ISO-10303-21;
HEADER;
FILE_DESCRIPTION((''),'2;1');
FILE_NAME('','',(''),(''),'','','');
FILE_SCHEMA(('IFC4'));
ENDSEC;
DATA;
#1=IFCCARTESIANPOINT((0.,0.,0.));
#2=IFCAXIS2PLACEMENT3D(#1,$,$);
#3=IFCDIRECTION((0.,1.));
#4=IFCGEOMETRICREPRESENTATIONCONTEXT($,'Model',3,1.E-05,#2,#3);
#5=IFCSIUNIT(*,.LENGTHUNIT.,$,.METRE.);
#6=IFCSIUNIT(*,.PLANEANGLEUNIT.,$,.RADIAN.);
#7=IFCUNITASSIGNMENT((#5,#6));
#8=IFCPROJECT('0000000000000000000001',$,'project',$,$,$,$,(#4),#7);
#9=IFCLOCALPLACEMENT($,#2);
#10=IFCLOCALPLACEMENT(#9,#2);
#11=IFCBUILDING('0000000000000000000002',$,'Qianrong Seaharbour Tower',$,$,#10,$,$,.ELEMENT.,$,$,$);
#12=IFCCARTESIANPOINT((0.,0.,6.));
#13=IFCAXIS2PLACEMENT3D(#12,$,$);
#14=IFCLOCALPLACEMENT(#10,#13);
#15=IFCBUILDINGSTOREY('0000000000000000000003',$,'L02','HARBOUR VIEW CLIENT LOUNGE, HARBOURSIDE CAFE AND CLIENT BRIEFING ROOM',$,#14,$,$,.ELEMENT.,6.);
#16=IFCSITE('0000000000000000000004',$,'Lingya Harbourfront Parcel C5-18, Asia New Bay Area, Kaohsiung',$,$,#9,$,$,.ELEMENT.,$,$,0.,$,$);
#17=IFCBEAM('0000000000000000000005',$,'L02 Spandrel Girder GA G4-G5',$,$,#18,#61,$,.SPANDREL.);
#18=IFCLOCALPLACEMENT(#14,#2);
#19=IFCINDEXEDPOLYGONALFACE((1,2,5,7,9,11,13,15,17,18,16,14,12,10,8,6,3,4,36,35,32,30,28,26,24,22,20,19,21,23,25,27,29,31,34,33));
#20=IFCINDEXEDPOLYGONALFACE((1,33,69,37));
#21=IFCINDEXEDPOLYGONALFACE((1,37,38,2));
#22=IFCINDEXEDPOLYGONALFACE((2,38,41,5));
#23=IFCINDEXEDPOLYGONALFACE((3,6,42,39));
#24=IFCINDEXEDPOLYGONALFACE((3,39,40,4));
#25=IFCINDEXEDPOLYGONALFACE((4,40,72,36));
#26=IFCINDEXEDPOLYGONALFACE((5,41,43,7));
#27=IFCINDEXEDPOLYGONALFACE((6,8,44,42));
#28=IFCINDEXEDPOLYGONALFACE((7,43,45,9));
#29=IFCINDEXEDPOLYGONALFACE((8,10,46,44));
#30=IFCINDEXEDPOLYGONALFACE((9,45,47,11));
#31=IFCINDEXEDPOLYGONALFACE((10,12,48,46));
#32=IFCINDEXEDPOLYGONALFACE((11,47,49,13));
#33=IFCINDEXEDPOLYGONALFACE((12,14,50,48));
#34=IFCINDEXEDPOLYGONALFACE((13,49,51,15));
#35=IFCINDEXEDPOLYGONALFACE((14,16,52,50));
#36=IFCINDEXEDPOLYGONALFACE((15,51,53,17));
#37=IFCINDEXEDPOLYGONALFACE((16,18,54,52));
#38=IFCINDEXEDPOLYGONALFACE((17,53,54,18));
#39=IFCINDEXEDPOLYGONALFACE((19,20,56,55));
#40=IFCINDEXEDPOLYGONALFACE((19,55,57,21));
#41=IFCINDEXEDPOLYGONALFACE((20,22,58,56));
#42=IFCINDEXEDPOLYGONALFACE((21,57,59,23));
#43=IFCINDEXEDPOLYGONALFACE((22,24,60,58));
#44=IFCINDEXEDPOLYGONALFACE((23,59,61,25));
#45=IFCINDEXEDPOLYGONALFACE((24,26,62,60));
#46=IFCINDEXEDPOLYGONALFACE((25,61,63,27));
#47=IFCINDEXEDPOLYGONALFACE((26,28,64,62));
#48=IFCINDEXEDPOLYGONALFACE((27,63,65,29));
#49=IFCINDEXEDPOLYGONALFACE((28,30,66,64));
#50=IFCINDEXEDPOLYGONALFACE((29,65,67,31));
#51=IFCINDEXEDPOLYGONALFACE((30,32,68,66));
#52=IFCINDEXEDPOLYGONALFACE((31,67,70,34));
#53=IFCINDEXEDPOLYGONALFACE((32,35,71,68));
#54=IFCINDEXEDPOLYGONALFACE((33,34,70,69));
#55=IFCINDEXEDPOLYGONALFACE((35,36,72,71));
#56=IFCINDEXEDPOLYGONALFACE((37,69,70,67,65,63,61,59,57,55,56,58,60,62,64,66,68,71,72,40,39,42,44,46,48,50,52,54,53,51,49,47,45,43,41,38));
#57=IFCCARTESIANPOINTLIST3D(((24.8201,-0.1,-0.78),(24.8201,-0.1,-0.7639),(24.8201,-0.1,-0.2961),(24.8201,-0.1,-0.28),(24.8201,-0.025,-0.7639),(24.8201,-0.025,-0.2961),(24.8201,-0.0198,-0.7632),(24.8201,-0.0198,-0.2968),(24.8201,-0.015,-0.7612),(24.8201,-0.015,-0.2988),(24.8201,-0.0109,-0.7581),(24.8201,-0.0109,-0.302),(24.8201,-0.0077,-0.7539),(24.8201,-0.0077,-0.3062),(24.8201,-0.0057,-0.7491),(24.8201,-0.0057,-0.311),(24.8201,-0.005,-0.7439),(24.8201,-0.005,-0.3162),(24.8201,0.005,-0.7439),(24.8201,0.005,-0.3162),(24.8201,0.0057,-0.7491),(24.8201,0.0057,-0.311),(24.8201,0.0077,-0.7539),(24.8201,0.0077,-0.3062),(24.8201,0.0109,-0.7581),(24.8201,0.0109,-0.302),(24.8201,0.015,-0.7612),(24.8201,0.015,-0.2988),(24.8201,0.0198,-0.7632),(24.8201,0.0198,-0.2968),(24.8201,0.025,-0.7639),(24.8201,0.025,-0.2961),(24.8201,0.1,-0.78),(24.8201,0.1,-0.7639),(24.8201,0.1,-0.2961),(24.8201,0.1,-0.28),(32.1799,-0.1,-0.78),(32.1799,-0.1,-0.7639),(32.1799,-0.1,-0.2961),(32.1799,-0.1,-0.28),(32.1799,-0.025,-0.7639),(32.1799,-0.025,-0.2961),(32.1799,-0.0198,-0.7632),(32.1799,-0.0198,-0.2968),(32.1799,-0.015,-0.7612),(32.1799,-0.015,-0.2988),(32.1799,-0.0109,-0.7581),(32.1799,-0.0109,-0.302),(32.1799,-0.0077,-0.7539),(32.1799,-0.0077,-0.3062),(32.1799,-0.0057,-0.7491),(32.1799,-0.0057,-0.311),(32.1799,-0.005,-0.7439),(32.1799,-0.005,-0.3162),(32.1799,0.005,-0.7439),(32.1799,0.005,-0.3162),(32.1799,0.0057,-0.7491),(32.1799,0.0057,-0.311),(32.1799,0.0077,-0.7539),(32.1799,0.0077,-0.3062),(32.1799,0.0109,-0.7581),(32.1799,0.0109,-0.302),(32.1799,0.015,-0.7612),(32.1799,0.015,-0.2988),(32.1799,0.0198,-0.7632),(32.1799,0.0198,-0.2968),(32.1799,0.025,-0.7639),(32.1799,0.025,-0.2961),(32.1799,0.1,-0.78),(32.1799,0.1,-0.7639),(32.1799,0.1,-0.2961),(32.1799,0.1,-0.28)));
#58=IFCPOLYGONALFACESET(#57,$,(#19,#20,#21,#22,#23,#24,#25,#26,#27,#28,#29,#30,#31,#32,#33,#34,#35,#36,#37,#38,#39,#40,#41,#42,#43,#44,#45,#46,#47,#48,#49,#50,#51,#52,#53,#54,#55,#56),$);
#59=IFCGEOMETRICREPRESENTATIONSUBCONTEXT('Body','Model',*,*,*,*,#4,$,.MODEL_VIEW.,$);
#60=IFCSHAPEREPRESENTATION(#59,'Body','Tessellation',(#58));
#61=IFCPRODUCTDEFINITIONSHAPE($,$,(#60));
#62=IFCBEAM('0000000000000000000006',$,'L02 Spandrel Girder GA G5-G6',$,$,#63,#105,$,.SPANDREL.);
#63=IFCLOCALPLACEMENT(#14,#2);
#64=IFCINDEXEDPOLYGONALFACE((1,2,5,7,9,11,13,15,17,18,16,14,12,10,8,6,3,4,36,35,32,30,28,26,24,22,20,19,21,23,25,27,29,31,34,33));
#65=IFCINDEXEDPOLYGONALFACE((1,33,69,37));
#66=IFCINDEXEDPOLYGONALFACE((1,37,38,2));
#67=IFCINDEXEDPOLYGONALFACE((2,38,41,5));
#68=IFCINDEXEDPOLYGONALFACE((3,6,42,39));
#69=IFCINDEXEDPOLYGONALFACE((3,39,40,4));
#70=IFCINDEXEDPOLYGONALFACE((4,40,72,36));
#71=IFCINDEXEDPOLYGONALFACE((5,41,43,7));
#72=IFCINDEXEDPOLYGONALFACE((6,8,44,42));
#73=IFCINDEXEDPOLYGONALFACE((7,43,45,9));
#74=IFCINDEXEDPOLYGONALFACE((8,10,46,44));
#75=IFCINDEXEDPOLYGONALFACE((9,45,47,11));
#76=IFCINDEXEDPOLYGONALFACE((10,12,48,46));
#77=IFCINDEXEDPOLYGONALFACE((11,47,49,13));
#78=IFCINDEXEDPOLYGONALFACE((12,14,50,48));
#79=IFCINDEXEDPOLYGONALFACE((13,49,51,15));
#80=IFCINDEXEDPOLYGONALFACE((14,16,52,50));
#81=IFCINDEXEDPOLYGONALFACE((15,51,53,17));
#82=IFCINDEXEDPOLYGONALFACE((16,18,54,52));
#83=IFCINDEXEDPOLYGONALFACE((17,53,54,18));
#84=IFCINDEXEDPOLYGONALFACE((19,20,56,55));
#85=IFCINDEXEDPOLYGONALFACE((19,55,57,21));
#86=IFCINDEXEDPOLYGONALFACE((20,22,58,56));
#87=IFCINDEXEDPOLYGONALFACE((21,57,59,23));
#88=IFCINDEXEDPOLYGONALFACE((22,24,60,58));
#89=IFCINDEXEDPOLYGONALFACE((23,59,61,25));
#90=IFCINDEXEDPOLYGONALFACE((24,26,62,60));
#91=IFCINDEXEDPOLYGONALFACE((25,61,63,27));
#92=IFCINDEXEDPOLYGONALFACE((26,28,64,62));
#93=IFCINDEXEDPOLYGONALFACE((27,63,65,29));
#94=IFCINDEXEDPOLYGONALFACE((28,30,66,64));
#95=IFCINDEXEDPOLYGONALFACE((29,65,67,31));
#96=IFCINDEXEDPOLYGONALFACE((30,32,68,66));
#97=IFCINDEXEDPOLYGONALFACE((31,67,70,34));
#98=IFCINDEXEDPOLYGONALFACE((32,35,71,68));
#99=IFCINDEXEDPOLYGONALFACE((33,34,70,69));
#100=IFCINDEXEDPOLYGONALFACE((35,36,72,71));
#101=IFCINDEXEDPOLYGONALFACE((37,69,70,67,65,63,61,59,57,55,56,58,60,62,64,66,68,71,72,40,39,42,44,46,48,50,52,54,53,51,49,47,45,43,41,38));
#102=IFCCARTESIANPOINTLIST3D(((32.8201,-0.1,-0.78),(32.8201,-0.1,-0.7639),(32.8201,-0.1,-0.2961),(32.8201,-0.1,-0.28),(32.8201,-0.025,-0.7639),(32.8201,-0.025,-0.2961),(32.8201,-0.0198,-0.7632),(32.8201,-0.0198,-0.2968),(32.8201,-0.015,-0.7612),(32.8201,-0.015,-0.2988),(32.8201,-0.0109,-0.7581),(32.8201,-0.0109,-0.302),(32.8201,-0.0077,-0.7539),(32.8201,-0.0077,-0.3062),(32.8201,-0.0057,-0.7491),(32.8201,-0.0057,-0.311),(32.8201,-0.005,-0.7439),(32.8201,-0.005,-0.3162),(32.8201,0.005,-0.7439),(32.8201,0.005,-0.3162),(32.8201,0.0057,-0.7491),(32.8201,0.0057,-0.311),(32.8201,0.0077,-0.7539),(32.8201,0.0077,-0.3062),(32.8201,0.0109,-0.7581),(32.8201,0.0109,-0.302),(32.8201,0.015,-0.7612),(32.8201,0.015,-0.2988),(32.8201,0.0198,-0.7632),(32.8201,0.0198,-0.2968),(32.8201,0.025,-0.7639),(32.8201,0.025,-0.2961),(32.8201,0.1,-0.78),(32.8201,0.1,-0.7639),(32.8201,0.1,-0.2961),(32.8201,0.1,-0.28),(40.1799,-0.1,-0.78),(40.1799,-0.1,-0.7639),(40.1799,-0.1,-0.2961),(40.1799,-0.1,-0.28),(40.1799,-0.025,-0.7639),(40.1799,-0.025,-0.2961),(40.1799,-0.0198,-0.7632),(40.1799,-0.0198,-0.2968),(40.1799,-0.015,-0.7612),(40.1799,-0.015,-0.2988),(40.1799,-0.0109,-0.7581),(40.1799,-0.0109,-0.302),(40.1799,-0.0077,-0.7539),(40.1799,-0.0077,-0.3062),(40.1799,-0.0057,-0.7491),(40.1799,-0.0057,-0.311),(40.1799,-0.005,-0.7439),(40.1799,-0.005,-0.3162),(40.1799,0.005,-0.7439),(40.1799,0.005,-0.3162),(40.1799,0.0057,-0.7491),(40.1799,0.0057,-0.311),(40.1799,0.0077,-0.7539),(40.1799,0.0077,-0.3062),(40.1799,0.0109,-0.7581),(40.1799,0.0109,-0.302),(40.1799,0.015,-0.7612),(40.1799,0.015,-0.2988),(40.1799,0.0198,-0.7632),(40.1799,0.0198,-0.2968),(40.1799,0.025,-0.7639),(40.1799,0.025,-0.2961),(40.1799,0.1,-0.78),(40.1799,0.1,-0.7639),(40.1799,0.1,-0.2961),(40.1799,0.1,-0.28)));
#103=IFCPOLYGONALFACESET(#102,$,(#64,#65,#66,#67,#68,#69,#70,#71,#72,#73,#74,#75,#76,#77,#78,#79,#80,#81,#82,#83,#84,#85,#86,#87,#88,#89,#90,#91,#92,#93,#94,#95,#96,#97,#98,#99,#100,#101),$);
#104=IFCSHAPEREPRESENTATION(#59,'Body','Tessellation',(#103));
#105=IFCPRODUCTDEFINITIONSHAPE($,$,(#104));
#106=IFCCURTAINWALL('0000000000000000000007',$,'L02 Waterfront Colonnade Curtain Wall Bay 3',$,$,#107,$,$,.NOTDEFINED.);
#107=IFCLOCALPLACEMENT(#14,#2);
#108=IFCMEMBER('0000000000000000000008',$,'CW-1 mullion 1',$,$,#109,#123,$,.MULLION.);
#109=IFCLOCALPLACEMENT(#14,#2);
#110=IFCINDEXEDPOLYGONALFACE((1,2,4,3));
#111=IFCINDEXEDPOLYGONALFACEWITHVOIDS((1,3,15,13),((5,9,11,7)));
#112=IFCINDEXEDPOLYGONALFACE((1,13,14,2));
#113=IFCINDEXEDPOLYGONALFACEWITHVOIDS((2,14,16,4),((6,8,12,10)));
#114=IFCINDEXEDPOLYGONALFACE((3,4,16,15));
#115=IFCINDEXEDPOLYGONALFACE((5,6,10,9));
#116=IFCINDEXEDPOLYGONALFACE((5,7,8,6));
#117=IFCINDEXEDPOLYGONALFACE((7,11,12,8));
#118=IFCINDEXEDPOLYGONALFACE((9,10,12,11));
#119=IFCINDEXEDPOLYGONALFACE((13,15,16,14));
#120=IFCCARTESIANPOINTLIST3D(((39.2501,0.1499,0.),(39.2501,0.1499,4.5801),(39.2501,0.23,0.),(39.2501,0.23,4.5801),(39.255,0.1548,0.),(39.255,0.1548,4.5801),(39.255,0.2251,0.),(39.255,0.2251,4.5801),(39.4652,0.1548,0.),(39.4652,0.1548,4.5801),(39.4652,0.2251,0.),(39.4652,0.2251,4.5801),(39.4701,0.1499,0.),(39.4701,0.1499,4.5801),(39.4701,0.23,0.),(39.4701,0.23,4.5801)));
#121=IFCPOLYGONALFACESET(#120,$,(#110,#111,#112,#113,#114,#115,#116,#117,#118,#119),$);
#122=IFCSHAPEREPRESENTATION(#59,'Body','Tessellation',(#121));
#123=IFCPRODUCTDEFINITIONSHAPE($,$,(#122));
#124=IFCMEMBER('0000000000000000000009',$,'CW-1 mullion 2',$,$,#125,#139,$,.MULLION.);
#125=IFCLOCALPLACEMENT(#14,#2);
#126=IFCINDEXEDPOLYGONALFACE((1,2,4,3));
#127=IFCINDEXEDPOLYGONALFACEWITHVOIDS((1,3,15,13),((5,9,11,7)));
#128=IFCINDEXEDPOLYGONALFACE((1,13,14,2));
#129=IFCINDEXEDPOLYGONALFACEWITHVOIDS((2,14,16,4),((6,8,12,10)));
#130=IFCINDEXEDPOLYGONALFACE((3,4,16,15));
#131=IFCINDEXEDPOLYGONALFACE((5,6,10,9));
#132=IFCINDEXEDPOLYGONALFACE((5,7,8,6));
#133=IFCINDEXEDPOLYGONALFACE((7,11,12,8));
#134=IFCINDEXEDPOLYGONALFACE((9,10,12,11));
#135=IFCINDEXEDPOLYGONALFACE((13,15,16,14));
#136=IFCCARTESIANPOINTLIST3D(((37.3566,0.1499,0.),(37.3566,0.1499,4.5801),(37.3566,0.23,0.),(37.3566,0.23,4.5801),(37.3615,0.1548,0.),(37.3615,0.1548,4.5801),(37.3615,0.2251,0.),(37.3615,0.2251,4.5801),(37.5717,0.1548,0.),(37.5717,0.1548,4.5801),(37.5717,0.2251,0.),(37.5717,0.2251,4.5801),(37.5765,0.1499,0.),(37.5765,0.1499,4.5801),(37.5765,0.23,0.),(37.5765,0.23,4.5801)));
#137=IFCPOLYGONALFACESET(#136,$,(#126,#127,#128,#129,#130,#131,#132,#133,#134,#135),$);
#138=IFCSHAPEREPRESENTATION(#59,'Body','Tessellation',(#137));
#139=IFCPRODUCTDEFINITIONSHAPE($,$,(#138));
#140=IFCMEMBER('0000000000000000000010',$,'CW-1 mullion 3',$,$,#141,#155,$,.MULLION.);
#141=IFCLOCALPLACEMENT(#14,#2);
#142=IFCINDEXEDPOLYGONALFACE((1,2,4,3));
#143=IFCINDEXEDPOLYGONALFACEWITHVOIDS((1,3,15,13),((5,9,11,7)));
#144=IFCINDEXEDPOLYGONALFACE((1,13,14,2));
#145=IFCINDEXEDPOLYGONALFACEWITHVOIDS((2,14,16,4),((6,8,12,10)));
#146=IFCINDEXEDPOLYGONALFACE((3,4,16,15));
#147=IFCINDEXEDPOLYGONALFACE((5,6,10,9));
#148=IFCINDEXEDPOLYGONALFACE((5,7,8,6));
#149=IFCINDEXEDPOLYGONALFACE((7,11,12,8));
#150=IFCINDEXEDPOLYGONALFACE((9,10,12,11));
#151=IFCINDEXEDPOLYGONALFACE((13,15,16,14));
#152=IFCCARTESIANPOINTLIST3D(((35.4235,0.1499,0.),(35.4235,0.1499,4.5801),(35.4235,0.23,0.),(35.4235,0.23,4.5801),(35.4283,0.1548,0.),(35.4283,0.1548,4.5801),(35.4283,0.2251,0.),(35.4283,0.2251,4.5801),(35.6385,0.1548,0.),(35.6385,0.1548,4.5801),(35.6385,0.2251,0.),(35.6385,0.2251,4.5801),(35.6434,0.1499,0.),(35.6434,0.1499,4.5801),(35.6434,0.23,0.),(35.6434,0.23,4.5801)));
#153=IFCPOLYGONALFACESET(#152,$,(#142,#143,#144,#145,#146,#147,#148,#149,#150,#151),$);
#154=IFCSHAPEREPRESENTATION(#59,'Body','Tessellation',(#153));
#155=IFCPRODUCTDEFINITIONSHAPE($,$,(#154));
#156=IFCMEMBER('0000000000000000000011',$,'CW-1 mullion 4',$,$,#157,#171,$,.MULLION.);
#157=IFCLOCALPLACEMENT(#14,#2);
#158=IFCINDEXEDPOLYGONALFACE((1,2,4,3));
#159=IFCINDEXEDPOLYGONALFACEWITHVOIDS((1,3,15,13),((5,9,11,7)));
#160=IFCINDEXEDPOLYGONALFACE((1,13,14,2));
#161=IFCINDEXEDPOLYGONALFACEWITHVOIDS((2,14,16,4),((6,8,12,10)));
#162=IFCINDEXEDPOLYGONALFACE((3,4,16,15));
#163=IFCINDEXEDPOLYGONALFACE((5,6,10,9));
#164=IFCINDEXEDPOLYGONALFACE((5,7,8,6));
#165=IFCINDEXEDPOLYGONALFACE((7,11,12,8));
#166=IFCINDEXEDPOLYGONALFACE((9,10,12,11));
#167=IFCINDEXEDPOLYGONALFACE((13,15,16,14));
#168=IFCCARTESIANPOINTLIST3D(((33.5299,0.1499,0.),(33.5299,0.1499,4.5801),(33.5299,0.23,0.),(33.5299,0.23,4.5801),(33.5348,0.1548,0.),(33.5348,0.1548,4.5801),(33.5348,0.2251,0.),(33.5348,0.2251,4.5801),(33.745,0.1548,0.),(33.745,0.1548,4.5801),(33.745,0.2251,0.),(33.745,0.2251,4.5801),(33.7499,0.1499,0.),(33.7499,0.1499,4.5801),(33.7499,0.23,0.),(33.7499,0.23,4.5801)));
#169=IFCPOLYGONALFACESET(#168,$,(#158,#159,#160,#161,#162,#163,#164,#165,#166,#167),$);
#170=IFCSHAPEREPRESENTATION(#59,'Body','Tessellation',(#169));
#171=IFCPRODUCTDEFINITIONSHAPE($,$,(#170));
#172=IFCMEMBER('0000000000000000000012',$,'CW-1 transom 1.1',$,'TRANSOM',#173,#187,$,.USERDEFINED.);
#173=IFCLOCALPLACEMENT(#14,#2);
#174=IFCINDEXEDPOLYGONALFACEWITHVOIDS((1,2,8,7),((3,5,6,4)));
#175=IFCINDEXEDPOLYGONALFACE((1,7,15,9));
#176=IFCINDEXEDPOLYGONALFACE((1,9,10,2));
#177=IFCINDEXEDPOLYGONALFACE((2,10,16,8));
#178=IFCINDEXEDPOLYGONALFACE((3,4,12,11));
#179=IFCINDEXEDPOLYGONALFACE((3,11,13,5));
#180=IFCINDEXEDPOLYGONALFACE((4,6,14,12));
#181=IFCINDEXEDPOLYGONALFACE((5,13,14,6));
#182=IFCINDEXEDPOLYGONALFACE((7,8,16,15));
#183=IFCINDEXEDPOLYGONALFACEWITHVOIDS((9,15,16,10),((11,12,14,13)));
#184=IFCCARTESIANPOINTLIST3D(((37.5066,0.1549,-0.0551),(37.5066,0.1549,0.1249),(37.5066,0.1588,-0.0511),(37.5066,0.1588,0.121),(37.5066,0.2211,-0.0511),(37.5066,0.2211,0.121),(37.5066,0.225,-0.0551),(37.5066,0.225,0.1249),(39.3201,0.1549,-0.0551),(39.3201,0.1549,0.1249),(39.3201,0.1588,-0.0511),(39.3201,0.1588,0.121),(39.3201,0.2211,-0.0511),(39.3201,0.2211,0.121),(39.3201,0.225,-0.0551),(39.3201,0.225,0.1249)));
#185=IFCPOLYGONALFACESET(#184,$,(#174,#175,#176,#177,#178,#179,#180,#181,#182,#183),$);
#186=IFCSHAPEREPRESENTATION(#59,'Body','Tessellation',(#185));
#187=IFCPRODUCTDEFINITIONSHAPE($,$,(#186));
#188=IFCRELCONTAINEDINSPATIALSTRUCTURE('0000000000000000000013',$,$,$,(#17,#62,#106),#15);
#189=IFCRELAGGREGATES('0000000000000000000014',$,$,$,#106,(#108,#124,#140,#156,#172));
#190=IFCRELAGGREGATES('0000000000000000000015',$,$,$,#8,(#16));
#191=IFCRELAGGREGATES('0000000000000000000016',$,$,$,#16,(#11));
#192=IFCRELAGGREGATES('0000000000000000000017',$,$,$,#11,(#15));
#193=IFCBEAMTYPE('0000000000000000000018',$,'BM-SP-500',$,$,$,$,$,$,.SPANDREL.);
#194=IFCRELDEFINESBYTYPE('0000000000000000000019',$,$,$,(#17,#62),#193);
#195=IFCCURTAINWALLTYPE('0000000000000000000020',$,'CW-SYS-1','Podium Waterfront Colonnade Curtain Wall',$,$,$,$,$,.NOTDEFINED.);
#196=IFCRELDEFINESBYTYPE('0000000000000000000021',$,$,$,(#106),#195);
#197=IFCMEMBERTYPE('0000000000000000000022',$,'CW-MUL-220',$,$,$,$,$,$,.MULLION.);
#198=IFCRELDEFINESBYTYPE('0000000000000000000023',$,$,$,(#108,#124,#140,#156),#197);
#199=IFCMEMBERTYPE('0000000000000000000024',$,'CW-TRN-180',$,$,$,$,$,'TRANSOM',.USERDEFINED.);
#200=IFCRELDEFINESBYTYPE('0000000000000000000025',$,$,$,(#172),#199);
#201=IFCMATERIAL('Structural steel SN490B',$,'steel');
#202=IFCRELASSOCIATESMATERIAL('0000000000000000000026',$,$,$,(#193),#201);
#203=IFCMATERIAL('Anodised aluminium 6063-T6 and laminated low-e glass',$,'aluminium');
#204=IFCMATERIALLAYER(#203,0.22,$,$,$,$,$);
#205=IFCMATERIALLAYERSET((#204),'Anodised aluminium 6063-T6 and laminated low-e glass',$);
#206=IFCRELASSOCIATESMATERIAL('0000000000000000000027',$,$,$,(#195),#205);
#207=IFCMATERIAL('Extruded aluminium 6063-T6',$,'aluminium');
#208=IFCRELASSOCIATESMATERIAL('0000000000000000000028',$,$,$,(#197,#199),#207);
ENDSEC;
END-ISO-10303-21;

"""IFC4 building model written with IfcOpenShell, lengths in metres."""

from ifc_helpers import new_model, si_unit, direction, frame, origin, origin_2d, place, context, subcontext, project, spatial, hollow_rectangle, i_section, extrude, material, layer, layer_set, material_profile, profile_set, type_object, element, aggregate, save


model = new_model("IFC4")

# Units and contexts
model_context = context("Model", 3, precision=1e-05, world=origin(), true_north=direction((0.0, 1.0)))
body_context = subcontext(model_context, "Body", "Model", "MODEL_VIEW")
ifc_project = project(units=[si_unit("LENGTHUNIT", "METRE"), si_unit("PLANEANGLEUNIT", "RADIAN")], contexts=[model_context])

# Site, building, storey
site_placement = place(None, origin())
site = spatial("IfcSite", under=ifc_project, at=site_placement, Name="Lingya Harbourfront Parcel C5-18, Asia New Bay Area, Kaohsiung", CompositionType="ELEMENT", RefElevation=0.0)
building_placement = place(site_placement, origin())
building = spatial("IfcBuilding", under=site, at=building_placement, Name="Qianrong Seaharbour Tower", CompositionType="ELEMENT")
storey_placement = place(building_placement, frame((0.0, 0.0, 6.0)))
storey = spatial("IfcBuildingStorey", under=building, at=storey_placement, Name="L02", Description="HARBOUR VIEW CLIENT LOUNGE, HARBOURSIDE CAFE AND CLIENT BRIEFING ROOM", CompositionType="ELEMENT", Elevation=6.0)

# Beams
ifc_material_1 = material(Name="Structural steel SN490B", Category="steel")
ifc_material_profile_1 = material_profile(ifc_material_1, i_section(OverallWidth=0.2, OverallDepth=0.5, WebThickness=0.01, FlangeThickness=0.0161, FilletRadius=0.02, at=origin_2d()), Name="H500x200x10x16")
ifc_profile_set_1 = profile_set([ifc_material_profile_1], Name="Structural steel SN490B")
beam_type_1 = type_object("IfcBeamType", Name="BM-SP-500", PredefinedType="SPANDREL", material=ifc_profile_set_1)
for number, where, z_axis, x_axis, name in (
    (1, (24.8201, 0.0, -0.53), (1.0, 0.0, 0.0), (0.0, 1.0, 0.0), "L02 Spandrel Girder GA G4-G5"),
    (2, (32.8201, 0.0, -0.53), (1.0, 0.0, 0.0), (0.0, 1.0, 0.0), "L02 Spandrel Girder GA G5-G6"),
):
    element("IfcBeam", number, at=place(storey_placement, frame(where, z_axis=z_axis, x_axis=x_axis)), inside=storey, type_object=beam_type_1, Name=name, PredefinedType="SPANDREL", context=body_context, shape_type="SweptSolid", body=[
        extrude(i_section(OverallWidth=0.2, OverallDepth=0.5, WebThickness=0.01, FlangeThickness=0.0161, FilletRadius=0.02, at=origin_2d()), origin(), (0.0, 0.0, 1.0), 7.3599),
    ])

# Curtain wall, members
ifc_material_2 = material(Name="Anodised aluminium 6063-T6 and laminated low-e glass", Category="aluminium")
ifc_layer_1 = layer(ifc_material_2, 0.22)
ifc_layer_set_1 = layer_set([ifc_layer_1], Name="Anodised aluminium 6063-T6 and laminated low-e glass")
curtain_wall_type = type_object("IfcCurtainWallType", Name="CW-SYS-1", Description="Podium Waterfront Colonnade Curtain Wall", PredefinedType="NOTDEFINED", material=ifc_layer_set_1)
curtain_wall_placement = place(storey_placement, origin())
curtain_wall = element("IfcCurtainWall", 3, at=curtain_wall_placement, inside=storey, type_object=curtain_wall_type, Name="L02 Waterfront Colonnade Curtain Wall Bay 3", PredefinedType="NOTDEFINED")
ifc_material_3 = material(Name="Extruded aluminium 6063-T6", Category="aluminium")
ifc_material_profile_2 = material_profile(ifc_material_3, hollow_rectangle(XDim=0.0801, YDim=0.22, WallThickness=0.0049, at=origin_2d()), Name="ALU-MUL-220x80x5")
ifc_profile_set_2 = profile_set([ifc_material_profile_2], Name="Extruded aluminium 6063-T6")
member_type_1 = type_object("IfcMemberType", Name="CW-MUL-220", PredefinedType="MULLION", material=ifc_profile_set_2)
member_1_placement = place(storey_placement, frame((39.3601, 0.1899, 0.0), z_axis=(0.0, 0.0, 1.0), x_axis=(0.0, -1.0, 0.0)))
member_1 = element("IfcMember", 4, at=member_1_placement, type_object=member_type_1, Name="CW-1 mullion 1", PredefinedType="MULLION", context=body_context, shape_type="SweptSolid", body=[
    extrude(hollow_rectangle(XDim=0.0801, YDim=0.22, WallThickness=0.0049, at=origin_2d()), origin(), (0.0, 0.0, 1.0), 4.5801),
])
member_2_placement = place(storey_placement, frame((37.4666, 0.1899, 0.0), z_axis=(0.0, 0.0, 1.0), x_axis=(0.0, -1.0, 0.0)))
member_2 = element("IfcMember", 5, at=member_2_placement, type_object=member_type_1, Name="CW-1 mullion 2", PredefinedType="MULLION", context=body_context, shape_type="SweptSolid", body=[
    extrude(hollow_rectangle(XDim=0.0801, YDim=0.22, WallThickness=0.0049, at=origin_2d()), origin(), (0.0, 0.0, 1.0), 4.5801),
])
member_3_placement = place(storey_placement, frame((35.5334, 0.1899, 0.0), z_axis=(0.0, 0.0, 1.0), x_axis=(0.0, -1.0, 0.0)))
member_3 = element("IfcMember", 6, at=member_3_placement, type_object=member_type_1, Name="CW-1 mullion 3", PredefinedType="MULLION", context=body_context, shape_type="SweptSolid", body=[
    extrude(hollow_rectangle(XDim=0.0801, YDim=0.22, WallThickness=0.0049, at=origin_2d()), origin(), (0.0, 0.0, 1.0), 4.5801),
])
member_4_placement = place(storey_placement, frame((33.6399, 0.1899, 0.0), z_axis=(0.0, 0.0, 1.0), x_axis=(0.0, -1.0, 0.0)))
member_4 = element("IfcMember", 7, at=member_4_placement, type_object=member_type_1, Name="CW-1 mullion 4", PredefinedType="MULLION", context=body_context, shape_type="SweptSolid", body=[
    extrude(hollow_rectangle(XDim=0.0801, YDim=0.22, WallThickness=0.0049, at=origin_2d()), origin(), (0.0, 0.0, 1.0), 4.5801),
])
ifc_material_profile_3 = material_profile(ifc_material_3, hollow_rectangle(XDim=0.0701, YDim=0.1799, WallThickness=0.0039, at=origin_2d()), Name="ALU-TRN-180x70x4")
ifc_profile_set_3 = profile_set([ifc_material_profile_3], Name="Extruded aluminium 6063-T6")
member_type_2 = type_object("IfcMemberType", Name="CW-TRN-180", ElementType="TRANSOM", PredefinedType="USERDEFINED", material=ifc_profile_set_3)
member_5_placement = place(storey_placement, frame((39.3201, 0.1899, 0.0349), z_axis=(-1.0, 0.0, 0.0), x_axis=(0.0, -1.0, 0.0)))
member_5 = element("IfcMember", 8, at=member_5_placement, type_object=member_type_2, Name="CW-1 transom 1.1", ObjectType="TRANSOM", PredefinedType="USERDEFINED", context=body_context, shape_type="SweptSolid", body=[
    extrude(hollow_rectangle(XDim=0.0701, YDim=0.1799, WallThickness=0.0039, at=origin_2d()), origin(), (0.0, 0.0, 1.0), 1.8135),
])
aggregate(curtain_wall, [member_1, member_2, member_3, member_4, member_5])

save(model, "model.ifc")
